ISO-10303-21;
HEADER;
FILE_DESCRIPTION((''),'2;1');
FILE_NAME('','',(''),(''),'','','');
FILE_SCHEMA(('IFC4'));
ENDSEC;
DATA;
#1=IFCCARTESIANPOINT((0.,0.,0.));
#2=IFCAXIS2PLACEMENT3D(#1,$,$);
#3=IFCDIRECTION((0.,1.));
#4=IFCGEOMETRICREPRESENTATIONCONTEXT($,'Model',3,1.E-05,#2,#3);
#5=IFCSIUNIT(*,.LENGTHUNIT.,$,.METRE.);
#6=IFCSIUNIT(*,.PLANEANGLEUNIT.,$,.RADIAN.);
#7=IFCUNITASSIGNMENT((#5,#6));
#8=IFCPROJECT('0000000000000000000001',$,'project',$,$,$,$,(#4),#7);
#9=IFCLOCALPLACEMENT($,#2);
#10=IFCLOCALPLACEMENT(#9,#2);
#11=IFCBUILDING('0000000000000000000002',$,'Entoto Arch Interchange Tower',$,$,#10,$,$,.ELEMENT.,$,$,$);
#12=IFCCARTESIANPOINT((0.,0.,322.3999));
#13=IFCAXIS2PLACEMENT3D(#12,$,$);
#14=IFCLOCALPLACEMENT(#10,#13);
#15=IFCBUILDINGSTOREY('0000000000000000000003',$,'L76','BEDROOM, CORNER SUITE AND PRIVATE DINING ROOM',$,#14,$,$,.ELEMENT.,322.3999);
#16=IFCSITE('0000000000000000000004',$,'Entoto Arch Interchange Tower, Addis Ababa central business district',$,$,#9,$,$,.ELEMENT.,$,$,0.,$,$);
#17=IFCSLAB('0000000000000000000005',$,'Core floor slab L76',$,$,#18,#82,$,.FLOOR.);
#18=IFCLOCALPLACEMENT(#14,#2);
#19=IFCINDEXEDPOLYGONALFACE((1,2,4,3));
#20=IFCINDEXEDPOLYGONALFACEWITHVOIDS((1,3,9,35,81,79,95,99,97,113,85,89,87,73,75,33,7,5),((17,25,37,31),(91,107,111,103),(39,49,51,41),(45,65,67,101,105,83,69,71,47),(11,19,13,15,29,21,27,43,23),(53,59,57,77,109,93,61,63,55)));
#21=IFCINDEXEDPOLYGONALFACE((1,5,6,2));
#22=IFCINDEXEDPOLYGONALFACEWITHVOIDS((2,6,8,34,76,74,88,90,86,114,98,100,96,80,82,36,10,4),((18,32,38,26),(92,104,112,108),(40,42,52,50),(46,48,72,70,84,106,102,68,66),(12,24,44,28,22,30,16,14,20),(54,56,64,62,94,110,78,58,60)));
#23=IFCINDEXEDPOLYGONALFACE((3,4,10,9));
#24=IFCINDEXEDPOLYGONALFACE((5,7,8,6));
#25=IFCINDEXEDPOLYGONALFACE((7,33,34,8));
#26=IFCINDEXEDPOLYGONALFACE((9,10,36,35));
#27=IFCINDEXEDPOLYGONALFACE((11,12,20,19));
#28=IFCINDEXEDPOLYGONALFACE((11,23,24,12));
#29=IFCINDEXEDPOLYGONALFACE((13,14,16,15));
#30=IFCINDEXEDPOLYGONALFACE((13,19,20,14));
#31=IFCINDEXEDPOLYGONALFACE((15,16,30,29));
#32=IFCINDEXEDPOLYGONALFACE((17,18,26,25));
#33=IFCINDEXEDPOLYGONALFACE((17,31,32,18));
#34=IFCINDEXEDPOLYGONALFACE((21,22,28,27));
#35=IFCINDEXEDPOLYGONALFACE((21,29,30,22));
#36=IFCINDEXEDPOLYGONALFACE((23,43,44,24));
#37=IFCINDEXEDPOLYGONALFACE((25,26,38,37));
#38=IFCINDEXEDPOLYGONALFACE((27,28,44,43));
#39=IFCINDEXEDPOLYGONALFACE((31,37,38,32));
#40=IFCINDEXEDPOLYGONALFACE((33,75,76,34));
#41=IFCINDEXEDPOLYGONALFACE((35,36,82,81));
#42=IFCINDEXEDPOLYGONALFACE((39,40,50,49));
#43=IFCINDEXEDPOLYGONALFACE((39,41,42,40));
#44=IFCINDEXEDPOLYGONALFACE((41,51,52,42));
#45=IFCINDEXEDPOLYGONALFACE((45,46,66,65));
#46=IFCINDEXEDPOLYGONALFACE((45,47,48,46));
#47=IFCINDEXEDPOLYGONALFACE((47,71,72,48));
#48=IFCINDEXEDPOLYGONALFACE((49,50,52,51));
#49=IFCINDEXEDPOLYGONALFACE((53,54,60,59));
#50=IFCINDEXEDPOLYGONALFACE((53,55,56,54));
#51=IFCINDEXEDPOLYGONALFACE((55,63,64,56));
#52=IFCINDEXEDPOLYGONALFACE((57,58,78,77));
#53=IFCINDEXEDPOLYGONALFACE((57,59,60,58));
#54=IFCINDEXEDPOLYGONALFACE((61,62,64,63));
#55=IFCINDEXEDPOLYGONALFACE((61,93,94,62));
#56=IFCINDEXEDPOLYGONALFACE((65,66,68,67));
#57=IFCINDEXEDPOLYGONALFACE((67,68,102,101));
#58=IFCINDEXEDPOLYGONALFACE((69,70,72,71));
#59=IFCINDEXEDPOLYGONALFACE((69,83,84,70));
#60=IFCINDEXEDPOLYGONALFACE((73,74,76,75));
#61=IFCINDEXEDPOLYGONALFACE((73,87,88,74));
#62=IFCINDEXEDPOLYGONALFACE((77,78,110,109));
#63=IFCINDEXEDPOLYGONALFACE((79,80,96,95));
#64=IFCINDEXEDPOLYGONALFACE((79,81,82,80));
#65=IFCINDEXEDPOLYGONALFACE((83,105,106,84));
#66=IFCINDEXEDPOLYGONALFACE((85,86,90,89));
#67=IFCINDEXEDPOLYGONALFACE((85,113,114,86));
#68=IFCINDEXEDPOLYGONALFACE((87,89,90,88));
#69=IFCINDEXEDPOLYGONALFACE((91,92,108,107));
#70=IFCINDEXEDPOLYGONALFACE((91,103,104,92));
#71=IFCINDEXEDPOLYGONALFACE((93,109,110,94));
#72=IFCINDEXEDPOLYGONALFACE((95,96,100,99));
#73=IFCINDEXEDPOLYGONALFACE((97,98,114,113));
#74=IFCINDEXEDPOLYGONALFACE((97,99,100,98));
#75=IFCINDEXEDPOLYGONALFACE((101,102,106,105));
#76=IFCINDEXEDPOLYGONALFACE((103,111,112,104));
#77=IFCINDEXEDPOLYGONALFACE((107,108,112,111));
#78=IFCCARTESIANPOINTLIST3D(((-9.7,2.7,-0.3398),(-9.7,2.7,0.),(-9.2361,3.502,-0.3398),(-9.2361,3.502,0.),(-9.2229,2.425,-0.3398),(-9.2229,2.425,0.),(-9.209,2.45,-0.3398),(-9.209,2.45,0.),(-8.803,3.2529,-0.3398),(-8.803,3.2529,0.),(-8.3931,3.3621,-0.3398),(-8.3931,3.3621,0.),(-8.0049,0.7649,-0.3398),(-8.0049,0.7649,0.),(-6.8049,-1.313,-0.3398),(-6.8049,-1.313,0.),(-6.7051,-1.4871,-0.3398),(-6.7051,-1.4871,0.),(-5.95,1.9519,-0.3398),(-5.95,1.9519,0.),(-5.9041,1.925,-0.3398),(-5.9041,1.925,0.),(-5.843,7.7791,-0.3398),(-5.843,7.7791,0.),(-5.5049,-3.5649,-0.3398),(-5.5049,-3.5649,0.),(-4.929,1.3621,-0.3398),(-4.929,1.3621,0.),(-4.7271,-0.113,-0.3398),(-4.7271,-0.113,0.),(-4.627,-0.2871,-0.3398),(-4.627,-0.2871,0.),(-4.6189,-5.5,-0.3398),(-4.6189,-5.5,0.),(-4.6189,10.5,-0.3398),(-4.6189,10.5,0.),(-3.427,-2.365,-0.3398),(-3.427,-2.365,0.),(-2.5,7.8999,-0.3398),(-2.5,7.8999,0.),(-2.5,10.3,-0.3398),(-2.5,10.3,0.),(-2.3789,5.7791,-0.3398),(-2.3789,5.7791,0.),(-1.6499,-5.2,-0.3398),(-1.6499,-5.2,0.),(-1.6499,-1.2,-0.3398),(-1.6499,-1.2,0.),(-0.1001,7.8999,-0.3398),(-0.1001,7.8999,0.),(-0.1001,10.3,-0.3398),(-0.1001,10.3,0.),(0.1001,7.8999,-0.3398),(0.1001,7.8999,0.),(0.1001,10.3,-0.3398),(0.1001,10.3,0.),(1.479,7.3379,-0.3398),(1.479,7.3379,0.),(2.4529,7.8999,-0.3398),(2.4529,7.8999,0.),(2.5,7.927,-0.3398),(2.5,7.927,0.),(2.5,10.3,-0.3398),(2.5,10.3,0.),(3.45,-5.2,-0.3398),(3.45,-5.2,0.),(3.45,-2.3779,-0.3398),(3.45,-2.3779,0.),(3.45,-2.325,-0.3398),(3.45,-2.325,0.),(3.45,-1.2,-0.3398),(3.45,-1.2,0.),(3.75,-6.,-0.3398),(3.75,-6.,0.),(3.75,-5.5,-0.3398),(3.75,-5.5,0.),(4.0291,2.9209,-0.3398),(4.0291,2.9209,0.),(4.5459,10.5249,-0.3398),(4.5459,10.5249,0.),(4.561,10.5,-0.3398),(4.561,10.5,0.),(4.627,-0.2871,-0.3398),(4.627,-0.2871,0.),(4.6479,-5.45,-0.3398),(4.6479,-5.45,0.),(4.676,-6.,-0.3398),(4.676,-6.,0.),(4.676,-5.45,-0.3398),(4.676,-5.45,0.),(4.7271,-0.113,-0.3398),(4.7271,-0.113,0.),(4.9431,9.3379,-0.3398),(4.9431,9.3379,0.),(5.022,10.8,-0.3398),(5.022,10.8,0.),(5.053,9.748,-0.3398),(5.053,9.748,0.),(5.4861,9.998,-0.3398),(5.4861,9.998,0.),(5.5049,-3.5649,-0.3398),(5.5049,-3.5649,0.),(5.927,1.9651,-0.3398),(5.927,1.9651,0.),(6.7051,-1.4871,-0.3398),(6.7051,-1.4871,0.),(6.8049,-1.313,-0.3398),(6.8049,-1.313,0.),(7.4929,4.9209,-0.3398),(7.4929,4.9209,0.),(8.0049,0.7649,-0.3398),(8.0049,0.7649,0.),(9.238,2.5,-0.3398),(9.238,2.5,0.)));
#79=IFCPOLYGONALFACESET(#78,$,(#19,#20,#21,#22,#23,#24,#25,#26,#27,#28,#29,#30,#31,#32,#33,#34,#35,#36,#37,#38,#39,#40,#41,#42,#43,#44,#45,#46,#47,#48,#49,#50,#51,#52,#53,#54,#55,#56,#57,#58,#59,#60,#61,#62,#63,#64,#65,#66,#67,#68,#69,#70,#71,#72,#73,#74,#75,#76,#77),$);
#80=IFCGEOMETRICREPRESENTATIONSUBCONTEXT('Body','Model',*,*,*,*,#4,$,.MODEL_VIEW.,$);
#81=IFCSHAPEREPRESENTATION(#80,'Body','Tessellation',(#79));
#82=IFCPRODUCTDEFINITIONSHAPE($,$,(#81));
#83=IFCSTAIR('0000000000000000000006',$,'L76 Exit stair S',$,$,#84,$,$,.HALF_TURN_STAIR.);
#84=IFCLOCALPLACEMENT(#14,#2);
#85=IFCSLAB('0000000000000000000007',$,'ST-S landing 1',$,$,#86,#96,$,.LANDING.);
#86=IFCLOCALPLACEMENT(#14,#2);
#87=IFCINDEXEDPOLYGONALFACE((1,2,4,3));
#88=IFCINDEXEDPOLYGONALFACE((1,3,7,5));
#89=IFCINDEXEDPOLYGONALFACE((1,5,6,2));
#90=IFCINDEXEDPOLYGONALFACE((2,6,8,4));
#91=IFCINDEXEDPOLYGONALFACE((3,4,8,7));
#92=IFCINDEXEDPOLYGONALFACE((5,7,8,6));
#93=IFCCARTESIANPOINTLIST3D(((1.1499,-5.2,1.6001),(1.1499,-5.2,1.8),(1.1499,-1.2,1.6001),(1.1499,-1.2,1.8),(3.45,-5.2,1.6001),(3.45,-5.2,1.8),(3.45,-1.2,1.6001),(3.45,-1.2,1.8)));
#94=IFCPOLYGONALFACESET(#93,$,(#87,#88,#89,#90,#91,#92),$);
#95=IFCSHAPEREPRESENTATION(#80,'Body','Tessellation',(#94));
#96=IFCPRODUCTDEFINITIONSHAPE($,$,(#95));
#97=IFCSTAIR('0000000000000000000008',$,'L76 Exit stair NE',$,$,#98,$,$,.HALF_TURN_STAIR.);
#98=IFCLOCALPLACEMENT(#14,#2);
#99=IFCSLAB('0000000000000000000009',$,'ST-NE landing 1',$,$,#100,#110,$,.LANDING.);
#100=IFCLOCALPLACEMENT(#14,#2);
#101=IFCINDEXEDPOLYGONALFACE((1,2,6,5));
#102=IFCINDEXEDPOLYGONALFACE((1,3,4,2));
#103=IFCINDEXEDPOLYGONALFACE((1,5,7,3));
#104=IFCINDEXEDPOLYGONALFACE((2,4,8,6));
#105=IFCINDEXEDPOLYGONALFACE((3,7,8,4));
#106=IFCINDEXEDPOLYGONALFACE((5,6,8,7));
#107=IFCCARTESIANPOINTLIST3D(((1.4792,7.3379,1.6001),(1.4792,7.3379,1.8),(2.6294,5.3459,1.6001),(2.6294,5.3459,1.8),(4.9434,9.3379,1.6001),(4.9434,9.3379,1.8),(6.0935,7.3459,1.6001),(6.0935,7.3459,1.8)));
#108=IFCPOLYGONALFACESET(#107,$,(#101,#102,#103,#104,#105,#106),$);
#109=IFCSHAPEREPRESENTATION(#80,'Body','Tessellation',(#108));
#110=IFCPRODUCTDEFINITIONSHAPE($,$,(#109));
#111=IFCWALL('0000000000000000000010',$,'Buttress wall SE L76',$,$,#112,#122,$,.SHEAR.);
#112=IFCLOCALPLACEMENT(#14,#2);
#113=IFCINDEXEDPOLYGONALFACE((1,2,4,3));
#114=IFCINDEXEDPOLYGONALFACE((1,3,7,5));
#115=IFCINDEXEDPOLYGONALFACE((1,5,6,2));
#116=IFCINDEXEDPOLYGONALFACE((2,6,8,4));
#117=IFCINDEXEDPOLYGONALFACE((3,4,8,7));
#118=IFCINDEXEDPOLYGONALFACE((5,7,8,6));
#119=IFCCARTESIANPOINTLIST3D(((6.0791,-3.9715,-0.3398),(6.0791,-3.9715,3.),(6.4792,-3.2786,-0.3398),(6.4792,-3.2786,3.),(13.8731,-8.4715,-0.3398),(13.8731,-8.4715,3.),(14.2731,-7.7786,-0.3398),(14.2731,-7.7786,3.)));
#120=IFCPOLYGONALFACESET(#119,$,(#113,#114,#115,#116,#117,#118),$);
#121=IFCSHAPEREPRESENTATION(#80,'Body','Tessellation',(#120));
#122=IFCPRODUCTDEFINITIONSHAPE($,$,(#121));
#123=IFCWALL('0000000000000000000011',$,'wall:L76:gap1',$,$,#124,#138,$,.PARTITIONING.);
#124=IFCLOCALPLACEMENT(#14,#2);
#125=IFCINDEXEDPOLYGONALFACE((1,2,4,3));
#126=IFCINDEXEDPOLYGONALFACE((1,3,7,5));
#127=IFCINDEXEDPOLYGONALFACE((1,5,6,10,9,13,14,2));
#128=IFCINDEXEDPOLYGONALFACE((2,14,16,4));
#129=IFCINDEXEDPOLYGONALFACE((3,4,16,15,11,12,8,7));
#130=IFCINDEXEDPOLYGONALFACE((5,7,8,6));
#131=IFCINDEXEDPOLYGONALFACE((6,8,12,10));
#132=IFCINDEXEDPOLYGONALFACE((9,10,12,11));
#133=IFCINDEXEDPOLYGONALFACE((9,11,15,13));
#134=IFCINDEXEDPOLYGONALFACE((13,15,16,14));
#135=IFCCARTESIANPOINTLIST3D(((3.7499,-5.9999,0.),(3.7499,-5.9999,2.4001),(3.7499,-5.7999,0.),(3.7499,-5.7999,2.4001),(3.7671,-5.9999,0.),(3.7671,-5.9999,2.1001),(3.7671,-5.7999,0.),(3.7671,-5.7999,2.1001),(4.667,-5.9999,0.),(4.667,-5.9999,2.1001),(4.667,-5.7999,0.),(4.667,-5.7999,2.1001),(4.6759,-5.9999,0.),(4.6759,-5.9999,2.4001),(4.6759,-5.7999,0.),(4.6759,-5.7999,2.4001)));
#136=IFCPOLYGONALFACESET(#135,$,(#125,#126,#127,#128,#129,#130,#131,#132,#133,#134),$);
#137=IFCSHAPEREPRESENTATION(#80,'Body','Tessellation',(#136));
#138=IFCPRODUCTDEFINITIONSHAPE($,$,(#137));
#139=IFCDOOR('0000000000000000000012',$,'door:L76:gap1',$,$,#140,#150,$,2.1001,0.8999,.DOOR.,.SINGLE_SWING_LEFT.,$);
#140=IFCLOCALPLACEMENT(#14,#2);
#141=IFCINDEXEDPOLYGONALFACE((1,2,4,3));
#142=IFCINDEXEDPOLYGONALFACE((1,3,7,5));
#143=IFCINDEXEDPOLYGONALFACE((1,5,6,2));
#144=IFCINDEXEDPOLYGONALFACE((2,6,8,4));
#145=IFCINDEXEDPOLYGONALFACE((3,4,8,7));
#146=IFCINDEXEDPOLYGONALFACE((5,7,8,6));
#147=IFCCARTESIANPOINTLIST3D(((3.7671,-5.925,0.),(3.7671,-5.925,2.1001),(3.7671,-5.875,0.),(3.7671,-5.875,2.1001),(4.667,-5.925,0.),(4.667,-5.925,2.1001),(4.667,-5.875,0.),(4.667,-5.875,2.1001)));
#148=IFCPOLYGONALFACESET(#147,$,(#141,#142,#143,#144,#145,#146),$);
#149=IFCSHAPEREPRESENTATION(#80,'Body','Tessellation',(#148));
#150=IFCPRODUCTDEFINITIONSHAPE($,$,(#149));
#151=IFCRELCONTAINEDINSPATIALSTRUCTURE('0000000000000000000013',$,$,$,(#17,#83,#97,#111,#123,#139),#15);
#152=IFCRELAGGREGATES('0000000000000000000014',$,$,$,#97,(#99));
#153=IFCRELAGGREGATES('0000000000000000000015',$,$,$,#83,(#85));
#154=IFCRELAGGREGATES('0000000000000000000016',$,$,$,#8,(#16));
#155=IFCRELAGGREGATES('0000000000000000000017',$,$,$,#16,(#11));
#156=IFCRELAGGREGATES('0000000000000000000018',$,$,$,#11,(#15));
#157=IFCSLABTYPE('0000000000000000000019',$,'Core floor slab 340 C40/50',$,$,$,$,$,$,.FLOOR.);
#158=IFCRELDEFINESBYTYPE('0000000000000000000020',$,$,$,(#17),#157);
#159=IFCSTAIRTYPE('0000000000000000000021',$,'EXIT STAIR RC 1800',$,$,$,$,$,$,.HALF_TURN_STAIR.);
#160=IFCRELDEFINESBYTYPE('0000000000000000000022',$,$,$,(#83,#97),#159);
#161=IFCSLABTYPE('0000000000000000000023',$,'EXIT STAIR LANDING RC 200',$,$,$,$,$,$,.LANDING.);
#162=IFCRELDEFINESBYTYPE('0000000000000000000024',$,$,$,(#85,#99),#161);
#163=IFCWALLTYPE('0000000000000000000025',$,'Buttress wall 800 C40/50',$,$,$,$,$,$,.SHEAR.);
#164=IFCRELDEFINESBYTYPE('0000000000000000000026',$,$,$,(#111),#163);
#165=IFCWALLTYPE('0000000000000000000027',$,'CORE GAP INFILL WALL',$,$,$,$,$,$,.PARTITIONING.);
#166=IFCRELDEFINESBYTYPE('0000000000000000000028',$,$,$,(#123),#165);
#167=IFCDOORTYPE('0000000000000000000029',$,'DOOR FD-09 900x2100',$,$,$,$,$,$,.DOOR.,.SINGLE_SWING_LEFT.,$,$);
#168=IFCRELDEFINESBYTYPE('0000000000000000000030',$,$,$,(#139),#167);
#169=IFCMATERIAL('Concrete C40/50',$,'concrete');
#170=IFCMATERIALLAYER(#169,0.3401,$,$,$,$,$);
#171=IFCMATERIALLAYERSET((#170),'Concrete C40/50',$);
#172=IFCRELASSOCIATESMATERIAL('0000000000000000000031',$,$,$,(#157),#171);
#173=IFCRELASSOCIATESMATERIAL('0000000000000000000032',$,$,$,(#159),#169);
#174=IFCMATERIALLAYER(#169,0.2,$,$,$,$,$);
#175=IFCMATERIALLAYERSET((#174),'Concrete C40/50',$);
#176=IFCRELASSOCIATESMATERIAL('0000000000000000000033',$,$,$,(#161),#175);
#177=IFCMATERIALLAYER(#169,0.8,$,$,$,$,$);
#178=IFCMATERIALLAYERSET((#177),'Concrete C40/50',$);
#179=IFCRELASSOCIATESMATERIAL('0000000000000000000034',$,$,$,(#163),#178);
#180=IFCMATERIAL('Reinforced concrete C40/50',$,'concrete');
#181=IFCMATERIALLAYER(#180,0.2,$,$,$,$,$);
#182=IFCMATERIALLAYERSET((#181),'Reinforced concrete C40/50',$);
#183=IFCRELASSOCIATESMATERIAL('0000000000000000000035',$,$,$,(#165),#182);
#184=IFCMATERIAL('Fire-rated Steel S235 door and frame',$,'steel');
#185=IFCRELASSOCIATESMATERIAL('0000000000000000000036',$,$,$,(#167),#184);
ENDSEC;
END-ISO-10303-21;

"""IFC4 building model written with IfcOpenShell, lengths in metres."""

from ifc_helpers import new_model, si_unit, direction, frame, frame_2d, origin, place, context, subcontext, project, spatial, polyline, rectangle, outline, extrude, material, layer, layer_set, type_object, element, fill, aggregate, save


model = new_model("IFC4")

# Units and contexts
model_context = context("Model", 3, precision=1e-05, world=origin(), true_north=direction((0.0, 1.0)))
body_context = subcontext(model_context, "Body", "Model", "MODEL_VIEW")
ifc_project = project(units=[si_unit("LENGTHUNIT", "METRE"), si_unit("PLANEANGLEUNIT", "RADIAN")], contexts=[model_context])

# Site, building, storey
site_placement = place(None, origin())
site = spatial("IfcSite", under=ifc_project, at=site_placement, Name="Entoto Arch Interchange Tower, Addis Ababa central business district", CompositionType="ELEMENT", RefElevation=0.0)
building_placement = place(site_placement, origin())
building = spatial("IfcBuilding", under=site, at=building_placement, Name="Entoto Arch Interchange Tower", CompositionType="ELEMENT")
storey_placement = place(building_placement, frame((0.0, 0.0, 322.3999)))
storey = spatial("IfcBuildingStorey", under=building, at=storey_placement, Name="L76", Description="BEDROOM, CORNER SUITE AND PRIVATE DINING ROOM", CompositionType="ELEMENT", Elevation=322.3999)

# Slab
ifc_material_1 = material(Name="Concrete C40/50", Category="concrete")
ifc_layer_1 = layer(ifc_material_1, 0.3401)
ifc_layer_set_1 = layer_set([ifc_layer_1], Name="Concrete C40/50")
slab_type_1 = type_object("IfcSlabType", Name="Core floor slab 340 C40/50", PredefinedType="FLOOR", material=ifc_layer_set_1)
slab_1_placement = place(storey_placement, frame((0.0, 0.0, -0.3398)))
element("IfcSlab", 1, at=slab_1_placement, inside=storey, type_object=slab_type_1, Name="Core floor slab L76", PredefinedType="FLOOR", context=body_context, shape_type="SweptSolid", body=[
    extrude(outline(polyline([(-9.209, 2.45), (-9.2229, 2.425), (-9.7, 2.7), (-9.2361, 3.502), (-8.803, 3.2529), (-4.6189, 10.5), (4.561, 10.5), (4.5459, 10.5249), (5.022, 10.8), (5.4861, 9.998), (5.053, 9.748), (9.238, 2.5), (4.6479, -5.45), (4.676, -5.45), (4.676, -6.0), (3.75, -6.0), (3.75, -5.5), (-4.6189, -5.5), (-9.209, 2.45)]), holes=[polyline([(-1.6499, -5.2), (3.45, -5.2), (3.45, -2.3779), (5.5049, -3.5649), (6.7051, -1.4871), (4.627, -0.2871), (3.45, -2.325), (3.45, -1.2), (-1.6499, -1.2), (-1.6499, -5.2)]), polyline([(-4.627, -0.2871), (-6.7051, -1.4871), (-5.5049, -3.5649), (-3.427, -2.365), (-4.627, -0.2871)]), polyline([(-5.9041, 1.925), (-4.929, 1.3621), (-2.3789, 5.7791), (-5.843, 7.7791), (-8.3931, 3.3621), (-5.95, 1.9519), (-8.0049, 0.7649), (-6.8049, -1.313), (-4.7271, -0.113), (-5.9041, 1.925)]), polyline([(4.7271, -0.113), (6.8049, -1.313), (8.0049, 0.7649), (5.927, 1.9651), (4.7271, -0.113)]), polyline([(2.5, 7.927), (2.5, 10.3), (0.1001, 10.3), (0.1001, 7.8999), (2.4529, 7.8999), (1.479, 7.3379), (4.0291, 2.9209), (7.4929, 4.9209), (4.9431, 9.3379), (2.5, 7.927)]), polyline([(-2.5, 7.8999), (-0.1001, 7.8999), (-0.1001, 10.3), (-2.5, 10.3), (-2.5, 7.8999)])]), origin(), (0.0, 0.0, 1.0), 0.3398),
])

# Stairs, slabs
stair_type = type_object("IfcStairType", Name="EXIT STAIR RC 1800", PredefinedType="HALF_TURN_STAIR", material=ifc_material_1)
stair_1_placement = place(storey_placement, origin())
stair_1 = element("IfcStair", 2, at=stair_1_placement, inside=storey, type_object=stair_type, Name="L76 Exit stair S", PredefinedType="HALF_TURN_STAIR")
ifc_layer_2 = layer(ifc_material_1, 0.2)
ifc_layer_set_2 = layer_set([ifc_layer_2], Name="Concrete C40/50")
slab_type_2 = type_object("IfcSlabType", Name="EXIT STAIR LANDING RC 200", PredefinedType="LANDING", material=ifc_layer_set_2)
slab_2_placement = place(storey_placement, frame((0.0, 0.0, 1.6001)))
slab_2 = element("IfcSlab", 3, at=slab_2_placement, type_object=slab_type_2, Name="ST-S landing 1", PredefinedType="LANDING", context=body_context, shape_type="SweptSolid", body=[
    extrude(outline(polyline([(1.1499, -5.2), (3.45, -5.2), (3.45, -1.2), (1.1499, -1.2), (1.1499, -5.2)])), origin(), (0.0, 0.0, 1.0), 0.2),
])
stair_2_placement = place(storey_placement, origin())
stair_2 = element("IfcStair", 4, at=stair_2_placement, inside=storey, type_object=stair_type, Name="L76 Exit stair NE", PredefinedType="HALF_TURN_STAIR")
slab_3_placement = place(storey_placement, frame((0.0, 0.0, 1.6001)))
slab_3 = element("IfcSlab", 5, at=slab_3_placement, type_object=slab_type_2, Name="ST-NE landing 1", PredefinedType="LANDING", context=body_context, shape_type="SweptSolid", body=[
    extrude(outline(polyline([(6.0935, 7.3459), (4.9434, 9.3379), (1.4792, 7.3379), (2.6294, 5.3459), (6.0935, 7.3459)])), origin(), (0.0, 0.0, 1.0), 0.2),
])
aggregate(stair_2, [slab_3])

# Wall
ifc_layer_3 = layer(ifc_material_1, 0.8)
ifc_layer_set_3 = layer_set([ifc_layer_3], Name="Concrete C40/50")
wall_type_1 = type_object("IfcWallType", Name="Buttress wall 800 C40/50", PredefinedType="SHEAR", material=ifc_layer_set_3)
wall_1_placement = place(storey_placement, frame((6.2791, -3.625, -0.3398), z_axis=(0.0, 0.0, 1.0), x_axis=(0.866018, -0.500014, 0.0)))
element("IfcWall", 6, at=wall_1_placement, inside=storey, type_object=wall_type_1, Name="Buttress wall SE L76", PredefinedType="SHEAR", context=body_context, shape_type="SweptSolid", body=[
    extrude(rectangle(XDim=8.9998, YDim=0.8, at=frame_2d((4.5, 0.0))), origin(), (0.0, 0.0, 1.0), 3.3398),
])

# Wall, opening, door
ifc_material_2 = material(Name="Reinforced concrete C40/50", Category="concrete")
ifc_layer_4 = layer(ifc_material_2, 0.2)
ifc_layer_set_4 = layer_set([ifc_layer_4], Name="Reinforced concrete C40/50")
wall_type_2 = type_object("IfcWallType", Name="CORE GAP INFILL WALL", PredefinedType="PARTITIONING", material=ifc_layer_set_4)
wall_2_placement = place(storey_placement, frame((3.75, -5.8999, 0.0), z_axis=(0.0, 0.0, 1.0), x_axis=(1.0, 0.0, 0.0)))
wall_2 = element("IfcWall", 7, at=wall_2_placement, inside=storey, type_object=wall_type_2, Name="wall:L76:gap1", PredefinedType="PARTITIONING", context=body_context, shape_type="SweptSolid", body=[
    extrude(rectangle(XDim=0.926, YDim=0.2, at=frame_2d((0.4629, 0.0))), origin(), (0.0, 0.0, 1.0), 2.4001),
])
opening_1_placement = place(wall_2_placement, frame((0.0171, 0.0, 0.0)))
opening_1 = element("IfcOpeningElement", 8, at=opening_1_placement, cuts=wall_2, PredefinedType="OPENING", context=body_context, shape_type="SweptSolid", body=[
    extrude(rectangle(XDim=0.8999, YDim=2.1001, at=frame_2d((0.45, 1.05))), frame((0.0, 0.1099, 0.0), z_axis=(0.0, -1.0, 0.0), x_axis=(1.0, 0.0, 0.0)), (0.0, 0.0, 1.0), 0.22),
])
ifc_material_3 = material(Name="Fire-rated Steel S235 door and frame", Category="steel")
door_type_1 = type_object("IfcDoorType", Name="DOOR FD-09 900x2100", OperationType="SINGLE_SWING_LEFT", PredefinedType="DOOR", material=ifc_material_3)
door_1_placement = place(opening_1_placement, origin())
door_1 = element("IfcDoor", 9, at=door_1_placement, inside=storey, type_object=door_type_1, Name="door:L76:gap1", OperationType="SINGLE_SWING_LEFT", OverallHeight=2.1001, OverallWidth=0.8999, PredefinedType="DOOR", context=body_context, shape_type="SweptSolid", body=[
    extrude(rectangle(XDim=0.8999, YDim=2.1001, at=frame_2d((0.45, 1.05))), frame((0.0, 0.0249, 0.0), z_axis=(0.0, -1.0, 0.0), x_axis=(1.0, 0.0, 0.0)), (0.0, 0.0, 1.0), 0.05),
])
fill(opening_1, door_1)

aggregate(stair_1, [slab_2])

save(model, "model.ifc")
